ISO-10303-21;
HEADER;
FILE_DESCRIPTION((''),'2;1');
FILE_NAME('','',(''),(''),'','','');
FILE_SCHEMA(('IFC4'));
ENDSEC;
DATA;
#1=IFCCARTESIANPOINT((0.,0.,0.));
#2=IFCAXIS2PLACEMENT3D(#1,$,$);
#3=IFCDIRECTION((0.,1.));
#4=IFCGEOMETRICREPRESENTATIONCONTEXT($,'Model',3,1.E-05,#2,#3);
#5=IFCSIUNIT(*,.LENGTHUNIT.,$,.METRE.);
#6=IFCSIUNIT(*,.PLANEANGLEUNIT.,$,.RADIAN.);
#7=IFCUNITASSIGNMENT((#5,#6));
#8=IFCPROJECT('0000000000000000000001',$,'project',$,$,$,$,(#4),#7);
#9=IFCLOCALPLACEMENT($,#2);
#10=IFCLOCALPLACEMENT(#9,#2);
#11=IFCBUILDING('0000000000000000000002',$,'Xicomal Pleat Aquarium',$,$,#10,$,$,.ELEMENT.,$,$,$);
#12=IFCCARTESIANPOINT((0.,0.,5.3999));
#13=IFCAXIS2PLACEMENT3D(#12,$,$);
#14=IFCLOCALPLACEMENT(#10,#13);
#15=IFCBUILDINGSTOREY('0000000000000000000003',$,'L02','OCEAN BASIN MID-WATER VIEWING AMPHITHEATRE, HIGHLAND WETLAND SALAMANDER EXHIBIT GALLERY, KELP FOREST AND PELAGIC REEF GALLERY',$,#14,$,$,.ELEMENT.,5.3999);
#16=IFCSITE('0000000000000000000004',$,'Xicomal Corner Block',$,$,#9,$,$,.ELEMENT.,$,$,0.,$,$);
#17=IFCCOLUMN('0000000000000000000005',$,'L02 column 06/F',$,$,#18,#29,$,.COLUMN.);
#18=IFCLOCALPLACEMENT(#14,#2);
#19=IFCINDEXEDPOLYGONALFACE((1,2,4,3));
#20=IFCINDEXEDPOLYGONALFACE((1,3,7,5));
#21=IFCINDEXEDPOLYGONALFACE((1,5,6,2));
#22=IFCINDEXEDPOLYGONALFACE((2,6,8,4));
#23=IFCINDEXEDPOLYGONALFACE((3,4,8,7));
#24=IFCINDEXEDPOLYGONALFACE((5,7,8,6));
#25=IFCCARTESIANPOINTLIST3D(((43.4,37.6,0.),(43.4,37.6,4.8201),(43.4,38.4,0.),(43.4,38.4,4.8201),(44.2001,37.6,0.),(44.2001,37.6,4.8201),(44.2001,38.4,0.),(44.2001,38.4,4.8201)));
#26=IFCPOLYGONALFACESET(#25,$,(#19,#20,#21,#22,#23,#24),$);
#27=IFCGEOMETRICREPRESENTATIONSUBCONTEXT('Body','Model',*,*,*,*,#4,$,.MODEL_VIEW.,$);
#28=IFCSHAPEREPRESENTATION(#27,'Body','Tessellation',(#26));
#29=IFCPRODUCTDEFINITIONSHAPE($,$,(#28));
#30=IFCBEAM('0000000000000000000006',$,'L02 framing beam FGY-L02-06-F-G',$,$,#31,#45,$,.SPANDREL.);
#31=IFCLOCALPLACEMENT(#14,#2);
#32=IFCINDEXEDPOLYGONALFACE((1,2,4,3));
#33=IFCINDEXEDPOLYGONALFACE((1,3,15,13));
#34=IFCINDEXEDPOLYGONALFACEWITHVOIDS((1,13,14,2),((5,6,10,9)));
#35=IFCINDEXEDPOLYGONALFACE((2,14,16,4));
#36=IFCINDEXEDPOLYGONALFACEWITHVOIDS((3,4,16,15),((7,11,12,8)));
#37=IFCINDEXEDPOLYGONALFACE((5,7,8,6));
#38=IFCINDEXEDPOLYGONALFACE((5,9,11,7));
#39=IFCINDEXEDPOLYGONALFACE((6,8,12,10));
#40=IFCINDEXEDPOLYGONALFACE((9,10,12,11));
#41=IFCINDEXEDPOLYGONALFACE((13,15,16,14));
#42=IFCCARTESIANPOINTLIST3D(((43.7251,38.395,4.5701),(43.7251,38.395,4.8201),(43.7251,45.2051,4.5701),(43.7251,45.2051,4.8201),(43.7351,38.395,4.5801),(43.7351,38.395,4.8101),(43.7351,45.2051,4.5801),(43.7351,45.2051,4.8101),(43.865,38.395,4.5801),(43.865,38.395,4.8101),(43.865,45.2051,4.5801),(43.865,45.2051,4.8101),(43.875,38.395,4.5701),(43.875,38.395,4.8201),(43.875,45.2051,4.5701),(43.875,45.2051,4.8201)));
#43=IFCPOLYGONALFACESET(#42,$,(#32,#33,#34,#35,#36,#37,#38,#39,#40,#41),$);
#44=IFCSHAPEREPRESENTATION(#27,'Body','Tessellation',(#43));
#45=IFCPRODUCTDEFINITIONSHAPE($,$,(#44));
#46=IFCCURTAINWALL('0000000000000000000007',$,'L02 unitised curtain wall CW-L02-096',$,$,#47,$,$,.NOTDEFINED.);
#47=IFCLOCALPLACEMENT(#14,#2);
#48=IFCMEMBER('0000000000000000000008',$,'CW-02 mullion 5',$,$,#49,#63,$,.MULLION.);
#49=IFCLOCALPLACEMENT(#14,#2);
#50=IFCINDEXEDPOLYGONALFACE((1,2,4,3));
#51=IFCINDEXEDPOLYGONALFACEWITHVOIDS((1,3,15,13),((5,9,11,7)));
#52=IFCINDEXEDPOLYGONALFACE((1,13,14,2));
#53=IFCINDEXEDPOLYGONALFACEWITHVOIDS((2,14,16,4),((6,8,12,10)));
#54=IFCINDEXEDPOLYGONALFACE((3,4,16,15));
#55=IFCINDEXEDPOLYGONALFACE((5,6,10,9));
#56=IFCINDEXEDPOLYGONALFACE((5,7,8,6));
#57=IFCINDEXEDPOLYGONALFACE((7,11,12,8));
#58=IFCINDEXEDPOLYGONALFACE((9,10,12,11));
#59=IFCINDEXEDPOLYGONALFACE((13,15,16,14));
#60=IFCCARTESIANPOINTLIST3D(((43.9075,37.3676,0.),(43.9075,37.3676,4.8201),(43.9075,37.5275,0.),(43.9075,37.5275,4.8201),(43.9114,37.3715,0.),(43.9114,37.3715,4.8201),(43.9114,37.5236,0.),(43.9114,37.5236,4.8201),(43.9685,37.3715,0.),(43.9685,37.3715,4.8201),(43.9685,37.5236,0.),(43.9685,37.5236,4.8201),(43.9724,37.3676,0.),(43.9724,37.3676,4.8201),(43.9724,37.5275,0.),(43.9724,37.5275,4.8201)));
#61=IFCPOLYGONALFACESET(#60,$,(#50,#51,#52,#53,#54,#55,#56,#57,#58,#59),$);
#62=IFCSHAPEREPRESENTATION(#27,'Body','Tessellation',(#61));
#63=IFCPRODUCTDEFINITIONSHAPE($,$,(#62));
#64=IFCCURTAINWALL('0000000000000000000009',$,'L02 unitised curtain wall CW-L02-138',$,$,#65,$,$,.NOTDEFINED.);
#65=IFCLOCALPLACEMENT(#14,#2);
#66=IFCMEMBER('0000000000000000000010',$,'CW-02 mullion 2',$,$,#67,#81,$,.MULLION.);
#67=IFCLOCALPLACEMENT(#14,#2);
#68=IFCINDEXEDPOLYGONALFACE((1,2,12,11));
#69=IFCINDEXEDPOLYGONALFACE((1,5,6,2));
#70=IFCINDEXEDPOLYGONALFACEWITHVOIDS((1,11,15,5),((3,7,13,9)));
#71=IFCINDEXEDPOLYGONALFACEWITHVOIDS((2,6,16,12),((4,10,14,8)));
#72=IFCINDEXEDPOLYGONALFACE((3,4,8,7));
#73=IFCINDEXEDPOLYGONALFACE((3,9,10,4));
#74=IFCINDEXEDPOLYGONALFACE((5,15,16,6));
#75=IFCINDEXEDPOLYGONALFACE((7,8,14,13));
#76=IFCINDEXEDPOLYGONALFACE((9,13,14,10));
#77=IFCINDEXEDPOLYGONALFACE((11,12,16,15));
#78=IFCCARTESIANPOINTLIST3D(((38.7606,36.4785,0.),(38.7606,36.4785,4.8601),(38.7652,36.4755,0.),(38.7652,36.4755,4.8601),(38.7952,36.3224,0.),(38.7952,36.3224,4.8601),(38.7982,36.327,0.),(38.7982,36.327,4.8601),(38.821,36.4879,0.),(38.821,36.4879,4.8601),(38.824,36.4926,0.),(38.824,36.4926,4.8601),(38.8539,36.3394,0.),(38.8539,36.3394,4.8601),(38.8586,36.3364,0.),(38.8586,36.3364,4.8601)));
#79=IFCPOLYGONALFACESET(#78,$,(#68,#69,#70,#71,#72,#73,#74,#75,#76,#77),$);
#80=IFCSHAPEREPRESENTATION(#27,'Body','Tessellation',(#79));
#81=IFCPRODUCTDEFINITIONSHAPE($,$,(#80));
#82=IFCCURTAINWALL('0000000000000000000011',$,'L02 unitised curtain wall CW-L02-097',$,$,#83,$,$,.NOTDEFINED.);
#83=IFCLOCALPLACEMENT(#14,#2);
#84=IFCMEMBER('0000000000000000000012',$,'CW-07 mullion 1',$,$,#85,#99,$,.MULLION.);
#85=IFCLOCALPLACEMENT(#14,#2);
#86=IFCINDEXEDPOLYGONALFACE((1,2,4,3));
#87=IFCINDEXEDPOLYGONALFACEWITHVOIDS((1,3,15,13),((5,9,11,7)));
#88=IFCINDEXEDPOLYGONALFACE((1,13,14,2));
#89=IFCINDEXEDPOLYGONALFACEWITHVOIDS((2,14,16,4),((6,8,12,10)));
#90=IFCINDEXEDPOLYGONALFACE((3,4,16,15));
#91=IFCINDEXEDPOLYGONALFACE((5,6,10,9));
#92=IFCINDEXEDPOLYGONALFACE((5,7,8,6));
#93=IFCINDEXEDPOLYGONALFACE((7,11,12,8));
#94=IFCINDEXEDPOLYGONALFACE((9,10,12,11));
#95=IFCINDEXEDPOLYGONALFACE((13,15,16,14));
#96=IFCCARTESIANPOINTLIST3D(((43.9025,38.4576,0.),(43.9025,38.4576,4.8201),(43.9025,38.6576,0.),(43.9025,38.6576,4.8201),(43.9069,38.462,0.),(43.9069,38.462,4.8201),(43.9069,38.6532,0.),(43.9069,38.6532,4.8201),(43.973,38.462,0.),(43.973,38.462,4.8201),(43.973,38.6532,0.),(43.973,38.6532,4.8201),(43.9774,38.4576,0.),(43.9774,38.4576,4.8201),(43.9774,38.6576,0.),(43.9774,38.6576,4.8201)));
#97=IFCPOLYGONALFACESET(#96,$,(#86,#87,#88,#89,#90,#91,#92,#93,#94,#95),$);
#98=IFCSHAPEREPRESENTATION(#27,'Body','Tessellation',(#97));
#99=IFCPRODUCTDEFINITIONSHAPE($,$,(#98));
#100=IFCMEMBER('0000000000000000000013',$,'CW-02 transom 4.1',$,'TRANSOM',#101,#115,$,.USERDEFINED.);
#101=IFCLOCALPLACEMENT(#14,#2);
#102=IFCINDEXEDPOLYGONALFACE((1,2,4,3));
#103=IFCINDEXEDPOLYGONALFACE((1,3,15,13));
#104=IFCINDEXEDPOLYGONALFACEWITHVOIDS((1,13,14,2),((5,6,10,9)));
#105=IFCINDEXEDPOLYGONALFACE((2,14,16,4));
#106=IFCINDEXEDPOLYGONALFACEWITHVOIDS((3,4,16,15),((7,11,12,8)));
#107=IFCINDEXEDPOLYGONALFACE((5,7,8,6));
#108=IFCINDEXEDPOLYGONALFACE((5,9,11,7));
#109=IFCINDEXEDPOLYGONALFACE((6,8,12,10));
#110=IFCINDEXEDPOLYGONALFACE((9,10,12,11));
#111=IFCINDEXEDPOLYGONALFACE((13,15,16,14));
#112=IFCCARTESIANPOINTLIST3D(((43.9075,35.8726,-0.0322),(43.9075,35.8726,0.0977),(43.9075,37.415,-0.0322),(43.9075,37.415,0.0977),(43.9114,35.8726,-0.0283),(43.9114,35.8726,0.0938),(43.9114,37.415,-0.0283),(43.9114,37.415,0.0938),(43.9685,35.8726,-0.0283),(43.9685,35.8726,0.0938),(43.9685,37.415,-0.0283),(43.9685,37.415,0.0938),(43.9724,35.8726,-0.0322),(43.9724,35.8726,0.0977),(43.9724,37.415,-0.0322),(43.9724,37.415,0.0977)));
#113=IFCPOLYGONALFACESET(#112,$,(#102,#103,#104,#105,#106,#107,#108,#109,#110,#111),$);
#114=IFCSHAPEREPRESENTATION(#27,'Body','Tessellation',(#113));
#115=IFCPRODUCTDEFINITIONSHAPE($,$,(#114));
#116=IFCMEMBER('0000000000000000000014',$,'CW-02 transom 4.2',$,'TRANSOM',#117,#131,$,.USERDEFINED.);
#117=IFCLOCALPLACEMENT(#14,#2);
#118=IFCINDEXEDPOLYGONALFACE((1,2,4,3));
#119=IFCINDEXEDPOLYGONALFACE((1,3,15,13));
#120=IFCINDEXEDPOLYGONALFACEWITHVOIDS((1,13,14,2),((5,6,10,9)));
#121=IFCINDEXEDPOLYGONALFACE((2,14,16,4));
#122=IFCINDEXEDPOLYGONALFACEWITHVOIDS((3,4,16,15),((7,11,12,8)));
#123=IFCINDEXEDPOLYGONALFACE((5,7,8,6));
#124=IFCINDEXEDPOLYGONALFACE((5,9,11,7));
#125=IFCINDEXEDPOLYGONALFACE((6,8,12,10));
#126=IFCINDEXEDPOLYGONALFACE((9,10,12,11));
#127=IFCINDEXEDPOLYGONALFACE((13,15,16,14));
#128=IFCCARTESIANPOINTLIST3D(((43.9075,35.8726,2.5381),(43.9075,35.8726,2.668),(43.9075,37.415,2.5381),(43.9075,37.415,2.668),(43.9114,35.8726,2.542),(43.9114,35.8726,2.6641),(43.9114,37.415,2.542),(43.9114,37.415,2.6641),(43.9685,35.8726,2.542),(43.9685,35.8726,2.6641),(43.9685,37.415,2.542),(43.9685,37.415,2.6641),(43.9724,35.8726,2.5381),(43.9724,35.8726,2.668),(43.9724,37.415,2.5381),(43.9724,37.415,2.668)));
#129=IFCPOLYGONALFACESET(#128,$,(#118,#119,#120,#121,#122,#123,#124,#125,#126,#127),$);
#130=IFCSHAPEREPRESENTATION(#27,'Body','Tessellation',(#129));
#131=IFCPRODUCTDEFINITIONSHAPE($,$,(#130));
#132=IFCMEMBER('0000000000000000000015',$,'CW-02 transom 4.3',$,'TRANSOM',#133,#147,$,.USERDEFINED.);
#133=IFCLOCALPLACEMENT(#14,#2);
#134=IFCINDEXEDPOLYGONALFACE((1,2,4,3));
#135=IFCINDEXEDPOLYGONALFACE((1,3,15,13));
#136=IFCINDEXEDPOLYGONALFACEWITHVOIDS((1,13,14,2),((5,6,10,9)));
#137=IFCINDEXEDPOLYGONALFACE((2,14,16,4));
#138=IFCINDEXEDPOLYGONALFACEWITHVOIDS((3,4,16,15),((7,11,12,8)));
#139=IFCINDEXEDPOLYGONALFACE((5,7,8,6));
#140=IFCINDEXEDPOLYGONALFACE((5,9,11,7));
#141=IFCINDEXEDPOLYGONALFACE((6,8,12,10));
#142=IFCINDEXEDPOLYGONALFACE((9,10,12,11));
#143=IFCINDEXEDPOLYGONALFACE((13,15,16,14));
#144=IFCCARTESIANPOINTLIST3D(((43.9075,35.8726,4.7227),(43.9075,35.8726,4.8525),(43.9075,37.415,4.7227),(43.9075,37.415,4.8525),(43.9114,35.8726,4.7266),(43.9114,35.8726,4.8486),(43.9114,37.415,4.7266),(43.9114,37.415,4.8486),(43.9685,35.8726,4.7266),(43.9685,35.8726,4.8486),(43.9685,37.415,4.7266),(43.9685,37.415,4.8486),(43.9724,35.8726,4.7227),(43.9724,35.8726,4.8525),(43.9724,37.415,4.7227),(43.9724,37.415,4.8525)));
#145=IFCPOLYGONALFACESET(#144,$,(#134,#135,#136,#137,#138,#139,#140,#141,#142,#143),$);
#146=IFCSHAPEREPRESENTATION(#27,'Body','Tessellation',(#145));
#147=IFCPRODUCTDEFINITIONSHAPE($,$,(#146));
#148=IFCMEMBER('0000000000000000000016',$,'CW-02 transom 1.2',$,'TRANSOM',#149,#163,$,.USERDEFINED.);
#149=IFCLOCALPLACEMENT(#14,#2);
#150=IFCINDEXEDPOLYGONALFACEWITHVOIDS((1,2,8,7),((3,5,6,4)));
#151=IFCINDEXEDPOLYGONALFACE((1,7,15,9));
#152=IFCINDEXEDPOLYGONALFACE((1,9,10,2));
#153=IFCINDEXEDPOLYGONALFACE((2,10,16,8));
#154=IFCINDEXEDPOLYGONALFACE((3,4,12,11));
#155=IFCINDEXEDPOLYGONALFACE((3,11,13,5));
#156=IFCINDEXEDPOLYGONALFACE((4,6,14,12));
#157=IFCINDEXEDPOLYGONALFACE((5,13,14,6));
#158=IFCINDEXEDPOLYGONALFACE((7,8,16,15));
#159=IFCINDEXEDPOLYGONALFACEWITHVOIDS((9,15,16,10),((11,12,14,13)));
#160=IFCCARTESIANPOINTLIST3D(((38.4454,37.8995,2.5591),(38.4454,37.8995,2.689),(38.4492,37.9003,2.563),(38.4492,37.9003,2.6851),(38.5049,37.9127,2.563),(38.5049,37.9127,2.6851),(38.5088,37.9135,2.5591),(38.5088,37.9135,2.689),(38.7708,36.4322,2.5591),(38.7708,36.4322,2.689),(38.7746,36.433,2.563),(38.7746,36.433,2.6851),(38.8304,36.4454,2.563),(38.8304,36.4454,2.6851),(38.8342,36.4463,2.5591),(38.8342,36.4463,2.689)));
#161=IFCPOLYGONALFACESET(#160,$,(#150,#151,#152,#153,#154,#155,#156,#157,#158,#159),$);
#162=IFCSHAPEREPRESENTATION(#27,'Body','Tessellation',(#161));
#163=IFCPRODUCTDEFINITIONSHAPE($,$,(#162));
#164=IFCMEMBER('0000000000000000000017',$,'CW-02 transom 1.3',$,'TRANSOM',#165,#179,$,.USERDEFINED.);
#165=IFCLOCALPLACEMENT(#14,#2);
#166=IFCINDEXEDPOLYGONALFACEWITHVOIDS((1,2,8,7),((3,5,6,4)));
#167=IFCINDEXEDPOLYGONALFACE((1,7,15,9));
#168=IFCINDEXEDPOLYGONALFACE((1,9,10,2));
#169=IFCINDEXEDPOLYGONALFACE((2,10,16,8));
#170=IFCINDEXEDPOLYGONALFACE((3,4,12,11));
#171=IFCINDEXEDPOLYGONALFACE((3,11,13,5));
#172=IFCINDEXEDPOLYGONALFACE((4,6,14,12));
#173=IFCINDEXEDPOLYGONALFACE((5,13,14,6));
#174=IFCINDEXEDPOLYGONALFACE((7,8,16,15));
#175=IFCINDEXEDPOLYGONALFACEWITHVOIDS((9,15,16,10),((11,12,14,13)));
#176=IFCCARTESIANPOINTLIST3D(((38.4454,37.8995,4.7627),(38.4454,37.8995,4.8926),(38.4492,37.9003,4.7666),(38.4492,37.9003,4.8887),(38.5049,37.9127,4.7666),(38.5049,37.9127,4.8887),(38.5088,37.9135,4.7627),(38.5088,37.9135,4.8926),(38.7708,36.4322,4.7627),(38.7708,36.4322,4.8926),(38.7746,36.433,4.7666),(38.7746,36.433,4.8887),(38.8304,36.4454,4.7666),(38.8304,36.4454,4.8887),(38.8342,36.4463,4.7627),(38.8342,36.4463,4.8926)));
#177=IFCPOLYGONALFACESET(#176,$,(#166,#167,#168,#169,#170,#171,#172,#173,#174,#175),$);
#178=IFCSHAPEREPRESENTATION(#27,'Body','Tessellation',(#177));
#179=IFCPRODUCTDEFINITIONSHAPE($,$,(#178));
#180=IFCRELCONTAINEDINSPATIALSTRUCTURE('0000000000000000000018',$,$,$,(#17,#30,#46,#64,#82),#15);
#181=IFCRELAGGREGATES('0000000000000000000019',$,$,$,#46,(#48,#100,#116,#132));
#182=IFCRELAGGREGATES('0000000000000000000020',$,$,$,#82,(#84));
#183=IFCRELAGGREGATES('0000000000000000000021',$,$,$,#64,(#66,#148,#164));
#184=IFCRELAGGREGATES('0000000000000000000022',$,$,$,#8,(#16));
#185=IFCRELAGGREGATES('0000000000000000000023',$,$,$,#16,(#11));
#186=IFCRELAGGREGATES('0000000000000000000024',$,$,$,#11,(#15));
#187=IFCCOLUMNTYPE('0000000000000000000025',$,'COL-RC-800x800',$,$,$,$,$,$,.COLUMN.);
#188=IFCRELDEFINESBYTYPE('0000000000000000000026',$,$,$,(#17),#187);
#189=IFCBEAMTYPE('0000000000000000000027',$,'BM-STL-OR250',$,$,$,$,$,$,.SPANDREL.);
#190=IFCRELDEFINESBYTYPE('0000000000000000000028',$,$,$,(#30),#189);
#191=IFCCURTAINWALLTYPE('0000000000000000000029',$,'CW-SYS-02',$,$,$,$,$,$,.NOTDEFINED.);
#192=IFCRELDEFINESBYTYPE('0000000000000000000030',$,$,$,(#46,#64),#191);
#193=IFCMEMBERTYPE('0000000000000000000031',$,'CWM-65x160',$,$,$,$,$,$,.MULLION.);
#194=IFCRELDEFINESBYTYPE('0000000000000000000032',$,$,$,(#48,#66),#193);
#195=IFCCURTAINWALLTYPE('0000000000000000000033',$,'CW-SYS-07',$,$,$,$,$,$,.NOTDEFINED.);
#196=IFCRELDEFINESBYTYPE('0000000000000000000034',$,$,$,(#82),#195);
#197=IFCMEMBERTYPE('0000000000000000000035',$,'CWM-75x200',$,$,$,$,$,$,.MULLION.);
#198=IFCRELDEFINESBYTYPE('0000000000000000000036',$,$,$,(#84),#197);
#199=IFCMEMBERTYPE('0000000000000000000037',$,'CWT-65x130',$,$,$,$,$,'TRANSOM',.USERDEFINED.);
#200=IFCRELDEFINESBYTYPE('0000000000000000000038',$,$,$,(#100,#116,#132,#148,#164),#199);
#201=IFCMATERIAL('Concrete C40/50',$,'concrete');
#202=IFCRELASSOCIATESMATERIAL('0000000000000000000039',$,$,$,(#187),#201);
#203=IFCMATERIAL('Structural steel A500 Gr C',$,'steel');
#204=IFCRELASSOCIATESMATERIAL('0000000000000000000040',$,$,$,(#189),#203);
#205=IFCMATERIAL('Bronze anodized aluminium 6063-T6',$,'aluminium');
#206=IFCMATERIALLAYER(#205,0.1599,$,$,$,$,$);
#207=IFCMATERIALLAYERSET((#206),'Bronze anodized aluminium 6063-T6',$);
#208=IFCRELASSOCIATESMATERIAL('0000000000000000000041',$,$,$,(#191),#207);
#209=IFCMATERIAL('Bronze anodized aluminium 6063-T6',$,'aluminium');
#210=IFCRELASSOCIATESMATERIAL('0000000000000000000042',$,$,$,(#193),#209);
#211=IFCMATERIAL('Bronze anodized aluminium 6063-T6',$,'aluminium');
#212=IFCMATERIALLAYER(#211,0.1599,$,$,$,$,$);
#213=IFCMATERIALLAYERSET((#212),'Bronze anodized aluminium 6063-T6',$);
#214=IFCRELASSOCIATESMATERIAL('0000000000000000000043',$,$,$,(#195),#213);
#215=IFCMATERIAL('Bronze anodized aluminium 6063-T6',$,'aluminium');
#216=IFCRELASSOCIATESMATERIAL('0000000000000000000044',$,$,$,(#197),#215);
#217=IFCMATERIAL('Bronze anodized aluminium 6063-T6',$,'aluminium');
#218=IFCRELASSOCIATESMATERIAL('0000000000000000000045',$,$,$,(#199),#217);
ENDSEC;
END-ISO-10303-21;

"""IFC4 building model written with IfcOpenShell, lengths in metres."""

from ifc_helpers import new_model, si_unit, direction, frame, origin, origin_2d, place, context, subcontext, project, spatial, rectangle, hollow_rectangle, extrude, material, layer, layer_set, material_profile, profile_set, type_object, element, aggregate, save


model = new_model("IFC4")

# Units and contexts
model_context = context("Model", 3, precision=1e-05, world=origin(), true_north=direction((0.0, 1.0)))
body_context = subcontext(model_context, "Body", "Model", "MODEL_VIEW")
ifc_project = project(units=[si_unit("LENGTHUNIT", "METRE"), si_unit("PLANEANGLEUNIT", "RADIAN")], contexts=[model_context])

# Site, building, storey
site_placement = place(None, origin())
site = spatial("IfcSite", under=ifc_project, at=site_placement, Name="Xicomal Corner Block", CompositionType="ELEMENT", RefElevation=0.0)
building_placement = place(site_placement, origin())
building = spatial("IfcBuilding", under=site, at=building_placement, Name="Xicomal Pleat Aquarium", CompositionType="ELEMENT")
storey_placement = place(building_placement, frame((0.0, 0.0, 5.3999)))
storey = spatial("IfcBuildingStorey", under=building, at=storey_placement, Name="L02", Description="OCEAN BASIN MID-WATER VIEWING AMPHITHEATRE, HIGHLAND WETLAND SALAMANDER EXHIBIT GALLERY, KELP FOREST AND PELAGIC REEF GALLERY", CompositionType="ELEMENT", Elevation=5.3999)

# Column
ifc_material_1 = material(Name="Concrete C40/50", Category="concrete")
ifc_material_profile_1 = material_profile(ifc_material_1, rectangle(XDim=0.8, YDim=0.8, at=origin_2d()), Name="RC 800x800")
ifc_profile_set_1 = profile_set([ifc_material_profile_1], Name="Concrete C40/50")
column_type = type_object("IfcColumnType", Name="COL-RC-800x800", PredefinedType="COLUMN", material=ifc_profile_set_1)
column_placement = place(storey_placement, frame((43.8, 38.0, 0.0), z_axis=(0.0, 0.0, 1.0), x_axis=(1.0, 0.0, 0.0)))
element("IfcColumn", 1, at=column_placement, inside=storey, type_object=column_type, Name="L02 column 06/F", PredefinedType="COLUMN", context=body_context, shape_type="SweptSolid", body=[
    extrude(rectangle(XDim=0.8, YDim=0.8, at=origin_2d()), origin(), (0.0, 0.0, 1.0), 4.8201),
])

# Beam
ifc_material_2 = material(Name="Structural steel A500 Gr C", Category="steel")
ifc_material_profile_2 = material_profile(ifc_material_2, hollow_rectangle(XDim=0.1499, YDim=0.25, WallThickness=0.01, at=origin_2d()), Name="OR 250x150x10")
ifc_profile_set_2 = profile_set([ifc_material_profile_2], Name="Structural steel A500 Gr C")
beam_type = type_object("IfcBeamType", Name="BM-STL-OR250", PredefinedType="SPANDREL", material=ifc_profile_set_2)
beam_placement = place(storey_placement, frame((43.8, 38.395, 4.6951), z_axis=(0.0, 1.0, 0.0), x_axis=(-1.0, 0.0, 0.0)))
element("IfcBeam", 2, at=beam_placement, inside=storey, type_object=beam_type, Name="L02 framing beam FGY-L02-06-F-G", PredefinedType="SPANDREL", context=body_context, shape_type="SweptSolid", body=[
    extrude(hollow_rectangle(XDim=0.1499, YDim=0.25, WallThickness=0.01, at=origin_2d()), origin(), (0.0, 0.0, 1.0), 6.8101),
])

# Curtain walls, members
ifc_material_3 = material(Name="Bronze anodized aluminium 6063-T6", Category="aluminium")
ifc_layer_1 = layer(ifc_material_3, 0.1599)
ifc_layer_set_1 = layer_set([ifc_layer_1], Name="Bronze anodized aluminium 6063-T6")
curtain_wall_type_1 = type_object("IfcCurtainWallType", Name="CW-SYS-02", PredefinedType="NOTDEFINED", material=ifc_layer_set_1)
curtain_wall_1_placement = place(storey_placement, origin())
curtain_wall_1 = element("IfcCurtainWall", 3, at=curtain_wall_1_placement, inside=storey, type_object=curtain_wall_type_1, Name="L02 unitised curtain wall CW-L02-096", PredefinedType="NOTDEFINED")
ifc_material_4 = material(Name="Bronze anodized aluminium 6063-T6", Category="aluminium")
ifc_material_profile_3 = material_profile(ifc_material_4, hollow_rectangle(XDim=0.0649, YDim=0.1599, WallThickness=0.0039, at=origin_2d()), Name="ALU MULL 65x160")
ifc_profile_set_3 = profile_set([ifc_material_profile_3], Name="Bronze anodized aluminium 6063-T6")
member_type_1 = type_object("IfcMemberType", Name="CWM-65x160", PredefinedType="MULLION", material=ifc_profile_set_3)
member_1_placement = place(storey_placement, frame((43.9399, 37.4475, 0.0), z_axis=(0.0, 0.0, 1.0), x_axis=(-1.0, 0.0, 0.0)))
member_1 = element("IfcMember", 4, at=member_1_placement, type_object=member_type_1, Name="CW-02 mullion 5", PredefinedType="MULLION", context=body_context, shape_type="SweptSolid", body=[
    extrude(hollow_rectangle(XDim=0.0649, YDim=0.1599, WallThickness=0.0039, at=origin_2d()), origin(), (0.0, 0.0, 1.0), 4.8201),
])
curtain_wall_2_placement = place(storey_placement, origin())
curtain_wall_2 = element("IfcCurtainWall", 5, at=curtain_wall_2_placement, inside=storey, type_object=curtain_wall_type_1, Name="L02 unitised curtain wall CW-L02-138", PredefinedType="NOTDEFINED")
member_2_placement = place(storey_placement, frame((38.8096, 36.4075, 0.0), z_axis=(0.0, 0.0, 1.0), x_axis=(0.976272, 0.216547, 0.0)))
member_2 = element("IfcMember", 6, at=member_2_placement, type_object=member_type_1, Name="CW-02 mullion 2", PredefinedType="MULLION", context=body_context, shape_type="SweptSolid", body=[
    extrude(hollow_rectangle(XDim=0.0649, YDim=0.1599, WallThickness=0.0039, at=origin_2d()), origin(), (0.0, 0.0, 1.0), 4.8601),
])
ifc_material_5 = material(Name="Bronze anodized aluminium 6063-T6", Category="aluminium")
ifc_layer_2 = layer(ifc_material_5, 0.1599)
ifc_layer_set_2 = layer_set([ifc_layer_2], Name="Bronze anodized aluminium 6063-T6")
curtain_wall_type_2 = type_object("IfcCurtainWallType", Name="CW-SYS-07", PredefinedType="NOTDEFINED", material=ifc_layer_set_2)
curtain_wall_3_placement = place(storey_placement, origin())
curtain_wall_3 = element("IfcCurtainWall", 7, at=curtain_wall_3_placement, inside=storey, type_object=curtain_wall_type_2, Name="L02 unitised curtain wall CW-L02-097", PredefinedType="NOTDEFINED")
ifc_material_6 = material(Name="Bronze anodized aluminium 6063-T6", Category="aluminium")
ifc_material_profile_4 = material_profile(ifc_material_6, hollow_rectangle(XDim=0.075, YDim=0.2, WallThickness=0.0044, at=origin_2d()), Name="ALU MULL 75x200")
ifc_profile_set_4 = profile_set([ifc_material_profile_4], Name="Bronze anodized aluminium 6063-T6")
member_type_2 = type_object("IfcMemberType", Name="CWM-75x200", PredefinedType="MULLION", material=ifc_profile_set_4)
member_3_placement = place(storey_placement, frame((43.9399, 38.5576, 0.0), z_axis=(0.0, 0.0, 1.0), x_axis=(-1.0, 0.0, 0.0)))
member_3 = element("IfcMember", 8, at=member_3_placement, type_object=member_type_2, Name="CW-07 mullion 1", PredefinedType="MULLION", context=body_context, shape_type="SweptSolid", body=[
    extrude(hollow_rectangle(XDim=0.075, YDim=0.2, WallThickness=0.0044, at=origin_2d()), origin(), (0.0, 0.0, 1.0), 4.8201),
])

# Members
ifc_material_7 = material(Name="Bronze anodized aluminium 6063-T6", Category="aluminium")
ifc_material_profile_5 = material_profile(ifc_material_7, hollow_rectangle(XDim=0.0649, YDim=0.1299, WallThickness=0.0039, at=origin_2d()), Name="ALU TRAN 65x130")
ifc_profile_set_5 = profile_set([ifc_material_profile_5], Name="Bronze anodized aluminium 6063-T6")
member_type_3 = type_object("IfcMemberType", Name="CWT-65x130", ElementType="TRANSOM", PredefinedType="USERDEFINED", material=ifc_profile_set_5)
member_4_placement = place(storey_placement, frame((43.9399, 35.8726, 0.0327), z_axis=(0.0, 1.0, 0.0), x_axis=(-1.0, 0.0, 0.0)))
member_4 = element("IfcMember", 9, at=member_4_placement, type_object=member_type_3, Name="CW-02 transom 4.1", ObjectType="TRANSOM", PredefinedType="USERDEFINED", context=body_context, shape_type="SweptSolid", body=[
    extrude(hollow_rectangle(XDim=0.0649, YDim=0.1299, WallThickness=0.0039, at=origin_2d()), origin(), (0.0, 0.0, 1.0), 1.5425),
])
member_5_placement = place(storey_placement, frame((43.9399, 35.8726, 2.603), z_axis=(0.0, 1.0, 0.0), x_axis=(-1.0, 0.0, 0.0)))
member_5 = element("IfcMember", 10, at=member_5_placement, type_object=member_type_3, Name="CW-02 transom 4.2", ObjectType="TRANSOM", PredefinedType="USERDEFINED", context=body_context, shape_type="SweptSolid", body=[
    extrude(hollow_rectangle(XDim=0.0649, YDim=0.1299, WallThickness=0.0039, at=origin_2d()), origin(), (0.0, 0.0, 1.0), 1.5425),
])
member_6_placement = place(storey_placement, frame((43.9399, 35.8726, 4.7876), z_axis=(0.0, 1.0, 0.0), x_axis=(-1.0, 0.0, 0.0)))
member_6 = element("IfcMember", 11, at=member_6_placement, type_object=member_type_3, Name="CW-02 transom 4.3", ObjectType="TRANSOM", PredefinedType="USERDEFINED", context=body_context, shape_type="SweptSolid", body=[
    extrude(hollow_rectangle(XDim=0.0649, YDim=0.1299, WallThickness=0.0039, at=origin_2d()), origin(), (0.0, 0.0, 1.0), 1.5425),
])
member_7_placement = place(storey_placement, frame((38.4771, 37.9065, 2.624), z_axis=(0.216535, -0.976275, 0.0), x_axis=(0.976275, 0.216535, 0.0)))
member_7 = element("IfcMember", 12, at=member_7_placement, type_object=member_type_3, Name="CW-02 transom 1.2", ObjectType="TRANSOM", PredefinedType="USERDEFINED", context=body_context, shape_type="SweptSolid", body=[
    extrude(hollow_rectangle(XDim=0.0649, YDim=0.1299, WallThickness=0.0039, at=origin_2d()), origin(), (0.0, 0.0, 1.0), 1.5029),
])
member_8_placement = place(storey_placement, frame((38.4771, 37.9065, 4.8276), z_axis=(0.216535, -0.976275, 0.0), x_axis=(0.976275, 0.216535, 0.0)))
member_8 = element("IfcMember", 13, at=member_8_placement, type_object=member_type_3, Name="CW-02 transom 1.3", ObjectType="TRANSOM", PredefinedType="USERDEFINED", context=body_context, shape_type="SweptSolid", body=[
    extrude(hollow_rectangle(XDim=0.0649, YDim=0.1299, WallThickness=0.0039, at=origin_2d()), origin(), (0.0, 0.0, 1.0), 1.5029),
])

aggregate(curtain_wall_1, [member_1, member_4, member_5, member_6])
aggregate(curtain_wall_3, [member_3])
aggregate(curtain_wall_2, [member_2, member_7, member_8])

save(model, "model.ifc")
